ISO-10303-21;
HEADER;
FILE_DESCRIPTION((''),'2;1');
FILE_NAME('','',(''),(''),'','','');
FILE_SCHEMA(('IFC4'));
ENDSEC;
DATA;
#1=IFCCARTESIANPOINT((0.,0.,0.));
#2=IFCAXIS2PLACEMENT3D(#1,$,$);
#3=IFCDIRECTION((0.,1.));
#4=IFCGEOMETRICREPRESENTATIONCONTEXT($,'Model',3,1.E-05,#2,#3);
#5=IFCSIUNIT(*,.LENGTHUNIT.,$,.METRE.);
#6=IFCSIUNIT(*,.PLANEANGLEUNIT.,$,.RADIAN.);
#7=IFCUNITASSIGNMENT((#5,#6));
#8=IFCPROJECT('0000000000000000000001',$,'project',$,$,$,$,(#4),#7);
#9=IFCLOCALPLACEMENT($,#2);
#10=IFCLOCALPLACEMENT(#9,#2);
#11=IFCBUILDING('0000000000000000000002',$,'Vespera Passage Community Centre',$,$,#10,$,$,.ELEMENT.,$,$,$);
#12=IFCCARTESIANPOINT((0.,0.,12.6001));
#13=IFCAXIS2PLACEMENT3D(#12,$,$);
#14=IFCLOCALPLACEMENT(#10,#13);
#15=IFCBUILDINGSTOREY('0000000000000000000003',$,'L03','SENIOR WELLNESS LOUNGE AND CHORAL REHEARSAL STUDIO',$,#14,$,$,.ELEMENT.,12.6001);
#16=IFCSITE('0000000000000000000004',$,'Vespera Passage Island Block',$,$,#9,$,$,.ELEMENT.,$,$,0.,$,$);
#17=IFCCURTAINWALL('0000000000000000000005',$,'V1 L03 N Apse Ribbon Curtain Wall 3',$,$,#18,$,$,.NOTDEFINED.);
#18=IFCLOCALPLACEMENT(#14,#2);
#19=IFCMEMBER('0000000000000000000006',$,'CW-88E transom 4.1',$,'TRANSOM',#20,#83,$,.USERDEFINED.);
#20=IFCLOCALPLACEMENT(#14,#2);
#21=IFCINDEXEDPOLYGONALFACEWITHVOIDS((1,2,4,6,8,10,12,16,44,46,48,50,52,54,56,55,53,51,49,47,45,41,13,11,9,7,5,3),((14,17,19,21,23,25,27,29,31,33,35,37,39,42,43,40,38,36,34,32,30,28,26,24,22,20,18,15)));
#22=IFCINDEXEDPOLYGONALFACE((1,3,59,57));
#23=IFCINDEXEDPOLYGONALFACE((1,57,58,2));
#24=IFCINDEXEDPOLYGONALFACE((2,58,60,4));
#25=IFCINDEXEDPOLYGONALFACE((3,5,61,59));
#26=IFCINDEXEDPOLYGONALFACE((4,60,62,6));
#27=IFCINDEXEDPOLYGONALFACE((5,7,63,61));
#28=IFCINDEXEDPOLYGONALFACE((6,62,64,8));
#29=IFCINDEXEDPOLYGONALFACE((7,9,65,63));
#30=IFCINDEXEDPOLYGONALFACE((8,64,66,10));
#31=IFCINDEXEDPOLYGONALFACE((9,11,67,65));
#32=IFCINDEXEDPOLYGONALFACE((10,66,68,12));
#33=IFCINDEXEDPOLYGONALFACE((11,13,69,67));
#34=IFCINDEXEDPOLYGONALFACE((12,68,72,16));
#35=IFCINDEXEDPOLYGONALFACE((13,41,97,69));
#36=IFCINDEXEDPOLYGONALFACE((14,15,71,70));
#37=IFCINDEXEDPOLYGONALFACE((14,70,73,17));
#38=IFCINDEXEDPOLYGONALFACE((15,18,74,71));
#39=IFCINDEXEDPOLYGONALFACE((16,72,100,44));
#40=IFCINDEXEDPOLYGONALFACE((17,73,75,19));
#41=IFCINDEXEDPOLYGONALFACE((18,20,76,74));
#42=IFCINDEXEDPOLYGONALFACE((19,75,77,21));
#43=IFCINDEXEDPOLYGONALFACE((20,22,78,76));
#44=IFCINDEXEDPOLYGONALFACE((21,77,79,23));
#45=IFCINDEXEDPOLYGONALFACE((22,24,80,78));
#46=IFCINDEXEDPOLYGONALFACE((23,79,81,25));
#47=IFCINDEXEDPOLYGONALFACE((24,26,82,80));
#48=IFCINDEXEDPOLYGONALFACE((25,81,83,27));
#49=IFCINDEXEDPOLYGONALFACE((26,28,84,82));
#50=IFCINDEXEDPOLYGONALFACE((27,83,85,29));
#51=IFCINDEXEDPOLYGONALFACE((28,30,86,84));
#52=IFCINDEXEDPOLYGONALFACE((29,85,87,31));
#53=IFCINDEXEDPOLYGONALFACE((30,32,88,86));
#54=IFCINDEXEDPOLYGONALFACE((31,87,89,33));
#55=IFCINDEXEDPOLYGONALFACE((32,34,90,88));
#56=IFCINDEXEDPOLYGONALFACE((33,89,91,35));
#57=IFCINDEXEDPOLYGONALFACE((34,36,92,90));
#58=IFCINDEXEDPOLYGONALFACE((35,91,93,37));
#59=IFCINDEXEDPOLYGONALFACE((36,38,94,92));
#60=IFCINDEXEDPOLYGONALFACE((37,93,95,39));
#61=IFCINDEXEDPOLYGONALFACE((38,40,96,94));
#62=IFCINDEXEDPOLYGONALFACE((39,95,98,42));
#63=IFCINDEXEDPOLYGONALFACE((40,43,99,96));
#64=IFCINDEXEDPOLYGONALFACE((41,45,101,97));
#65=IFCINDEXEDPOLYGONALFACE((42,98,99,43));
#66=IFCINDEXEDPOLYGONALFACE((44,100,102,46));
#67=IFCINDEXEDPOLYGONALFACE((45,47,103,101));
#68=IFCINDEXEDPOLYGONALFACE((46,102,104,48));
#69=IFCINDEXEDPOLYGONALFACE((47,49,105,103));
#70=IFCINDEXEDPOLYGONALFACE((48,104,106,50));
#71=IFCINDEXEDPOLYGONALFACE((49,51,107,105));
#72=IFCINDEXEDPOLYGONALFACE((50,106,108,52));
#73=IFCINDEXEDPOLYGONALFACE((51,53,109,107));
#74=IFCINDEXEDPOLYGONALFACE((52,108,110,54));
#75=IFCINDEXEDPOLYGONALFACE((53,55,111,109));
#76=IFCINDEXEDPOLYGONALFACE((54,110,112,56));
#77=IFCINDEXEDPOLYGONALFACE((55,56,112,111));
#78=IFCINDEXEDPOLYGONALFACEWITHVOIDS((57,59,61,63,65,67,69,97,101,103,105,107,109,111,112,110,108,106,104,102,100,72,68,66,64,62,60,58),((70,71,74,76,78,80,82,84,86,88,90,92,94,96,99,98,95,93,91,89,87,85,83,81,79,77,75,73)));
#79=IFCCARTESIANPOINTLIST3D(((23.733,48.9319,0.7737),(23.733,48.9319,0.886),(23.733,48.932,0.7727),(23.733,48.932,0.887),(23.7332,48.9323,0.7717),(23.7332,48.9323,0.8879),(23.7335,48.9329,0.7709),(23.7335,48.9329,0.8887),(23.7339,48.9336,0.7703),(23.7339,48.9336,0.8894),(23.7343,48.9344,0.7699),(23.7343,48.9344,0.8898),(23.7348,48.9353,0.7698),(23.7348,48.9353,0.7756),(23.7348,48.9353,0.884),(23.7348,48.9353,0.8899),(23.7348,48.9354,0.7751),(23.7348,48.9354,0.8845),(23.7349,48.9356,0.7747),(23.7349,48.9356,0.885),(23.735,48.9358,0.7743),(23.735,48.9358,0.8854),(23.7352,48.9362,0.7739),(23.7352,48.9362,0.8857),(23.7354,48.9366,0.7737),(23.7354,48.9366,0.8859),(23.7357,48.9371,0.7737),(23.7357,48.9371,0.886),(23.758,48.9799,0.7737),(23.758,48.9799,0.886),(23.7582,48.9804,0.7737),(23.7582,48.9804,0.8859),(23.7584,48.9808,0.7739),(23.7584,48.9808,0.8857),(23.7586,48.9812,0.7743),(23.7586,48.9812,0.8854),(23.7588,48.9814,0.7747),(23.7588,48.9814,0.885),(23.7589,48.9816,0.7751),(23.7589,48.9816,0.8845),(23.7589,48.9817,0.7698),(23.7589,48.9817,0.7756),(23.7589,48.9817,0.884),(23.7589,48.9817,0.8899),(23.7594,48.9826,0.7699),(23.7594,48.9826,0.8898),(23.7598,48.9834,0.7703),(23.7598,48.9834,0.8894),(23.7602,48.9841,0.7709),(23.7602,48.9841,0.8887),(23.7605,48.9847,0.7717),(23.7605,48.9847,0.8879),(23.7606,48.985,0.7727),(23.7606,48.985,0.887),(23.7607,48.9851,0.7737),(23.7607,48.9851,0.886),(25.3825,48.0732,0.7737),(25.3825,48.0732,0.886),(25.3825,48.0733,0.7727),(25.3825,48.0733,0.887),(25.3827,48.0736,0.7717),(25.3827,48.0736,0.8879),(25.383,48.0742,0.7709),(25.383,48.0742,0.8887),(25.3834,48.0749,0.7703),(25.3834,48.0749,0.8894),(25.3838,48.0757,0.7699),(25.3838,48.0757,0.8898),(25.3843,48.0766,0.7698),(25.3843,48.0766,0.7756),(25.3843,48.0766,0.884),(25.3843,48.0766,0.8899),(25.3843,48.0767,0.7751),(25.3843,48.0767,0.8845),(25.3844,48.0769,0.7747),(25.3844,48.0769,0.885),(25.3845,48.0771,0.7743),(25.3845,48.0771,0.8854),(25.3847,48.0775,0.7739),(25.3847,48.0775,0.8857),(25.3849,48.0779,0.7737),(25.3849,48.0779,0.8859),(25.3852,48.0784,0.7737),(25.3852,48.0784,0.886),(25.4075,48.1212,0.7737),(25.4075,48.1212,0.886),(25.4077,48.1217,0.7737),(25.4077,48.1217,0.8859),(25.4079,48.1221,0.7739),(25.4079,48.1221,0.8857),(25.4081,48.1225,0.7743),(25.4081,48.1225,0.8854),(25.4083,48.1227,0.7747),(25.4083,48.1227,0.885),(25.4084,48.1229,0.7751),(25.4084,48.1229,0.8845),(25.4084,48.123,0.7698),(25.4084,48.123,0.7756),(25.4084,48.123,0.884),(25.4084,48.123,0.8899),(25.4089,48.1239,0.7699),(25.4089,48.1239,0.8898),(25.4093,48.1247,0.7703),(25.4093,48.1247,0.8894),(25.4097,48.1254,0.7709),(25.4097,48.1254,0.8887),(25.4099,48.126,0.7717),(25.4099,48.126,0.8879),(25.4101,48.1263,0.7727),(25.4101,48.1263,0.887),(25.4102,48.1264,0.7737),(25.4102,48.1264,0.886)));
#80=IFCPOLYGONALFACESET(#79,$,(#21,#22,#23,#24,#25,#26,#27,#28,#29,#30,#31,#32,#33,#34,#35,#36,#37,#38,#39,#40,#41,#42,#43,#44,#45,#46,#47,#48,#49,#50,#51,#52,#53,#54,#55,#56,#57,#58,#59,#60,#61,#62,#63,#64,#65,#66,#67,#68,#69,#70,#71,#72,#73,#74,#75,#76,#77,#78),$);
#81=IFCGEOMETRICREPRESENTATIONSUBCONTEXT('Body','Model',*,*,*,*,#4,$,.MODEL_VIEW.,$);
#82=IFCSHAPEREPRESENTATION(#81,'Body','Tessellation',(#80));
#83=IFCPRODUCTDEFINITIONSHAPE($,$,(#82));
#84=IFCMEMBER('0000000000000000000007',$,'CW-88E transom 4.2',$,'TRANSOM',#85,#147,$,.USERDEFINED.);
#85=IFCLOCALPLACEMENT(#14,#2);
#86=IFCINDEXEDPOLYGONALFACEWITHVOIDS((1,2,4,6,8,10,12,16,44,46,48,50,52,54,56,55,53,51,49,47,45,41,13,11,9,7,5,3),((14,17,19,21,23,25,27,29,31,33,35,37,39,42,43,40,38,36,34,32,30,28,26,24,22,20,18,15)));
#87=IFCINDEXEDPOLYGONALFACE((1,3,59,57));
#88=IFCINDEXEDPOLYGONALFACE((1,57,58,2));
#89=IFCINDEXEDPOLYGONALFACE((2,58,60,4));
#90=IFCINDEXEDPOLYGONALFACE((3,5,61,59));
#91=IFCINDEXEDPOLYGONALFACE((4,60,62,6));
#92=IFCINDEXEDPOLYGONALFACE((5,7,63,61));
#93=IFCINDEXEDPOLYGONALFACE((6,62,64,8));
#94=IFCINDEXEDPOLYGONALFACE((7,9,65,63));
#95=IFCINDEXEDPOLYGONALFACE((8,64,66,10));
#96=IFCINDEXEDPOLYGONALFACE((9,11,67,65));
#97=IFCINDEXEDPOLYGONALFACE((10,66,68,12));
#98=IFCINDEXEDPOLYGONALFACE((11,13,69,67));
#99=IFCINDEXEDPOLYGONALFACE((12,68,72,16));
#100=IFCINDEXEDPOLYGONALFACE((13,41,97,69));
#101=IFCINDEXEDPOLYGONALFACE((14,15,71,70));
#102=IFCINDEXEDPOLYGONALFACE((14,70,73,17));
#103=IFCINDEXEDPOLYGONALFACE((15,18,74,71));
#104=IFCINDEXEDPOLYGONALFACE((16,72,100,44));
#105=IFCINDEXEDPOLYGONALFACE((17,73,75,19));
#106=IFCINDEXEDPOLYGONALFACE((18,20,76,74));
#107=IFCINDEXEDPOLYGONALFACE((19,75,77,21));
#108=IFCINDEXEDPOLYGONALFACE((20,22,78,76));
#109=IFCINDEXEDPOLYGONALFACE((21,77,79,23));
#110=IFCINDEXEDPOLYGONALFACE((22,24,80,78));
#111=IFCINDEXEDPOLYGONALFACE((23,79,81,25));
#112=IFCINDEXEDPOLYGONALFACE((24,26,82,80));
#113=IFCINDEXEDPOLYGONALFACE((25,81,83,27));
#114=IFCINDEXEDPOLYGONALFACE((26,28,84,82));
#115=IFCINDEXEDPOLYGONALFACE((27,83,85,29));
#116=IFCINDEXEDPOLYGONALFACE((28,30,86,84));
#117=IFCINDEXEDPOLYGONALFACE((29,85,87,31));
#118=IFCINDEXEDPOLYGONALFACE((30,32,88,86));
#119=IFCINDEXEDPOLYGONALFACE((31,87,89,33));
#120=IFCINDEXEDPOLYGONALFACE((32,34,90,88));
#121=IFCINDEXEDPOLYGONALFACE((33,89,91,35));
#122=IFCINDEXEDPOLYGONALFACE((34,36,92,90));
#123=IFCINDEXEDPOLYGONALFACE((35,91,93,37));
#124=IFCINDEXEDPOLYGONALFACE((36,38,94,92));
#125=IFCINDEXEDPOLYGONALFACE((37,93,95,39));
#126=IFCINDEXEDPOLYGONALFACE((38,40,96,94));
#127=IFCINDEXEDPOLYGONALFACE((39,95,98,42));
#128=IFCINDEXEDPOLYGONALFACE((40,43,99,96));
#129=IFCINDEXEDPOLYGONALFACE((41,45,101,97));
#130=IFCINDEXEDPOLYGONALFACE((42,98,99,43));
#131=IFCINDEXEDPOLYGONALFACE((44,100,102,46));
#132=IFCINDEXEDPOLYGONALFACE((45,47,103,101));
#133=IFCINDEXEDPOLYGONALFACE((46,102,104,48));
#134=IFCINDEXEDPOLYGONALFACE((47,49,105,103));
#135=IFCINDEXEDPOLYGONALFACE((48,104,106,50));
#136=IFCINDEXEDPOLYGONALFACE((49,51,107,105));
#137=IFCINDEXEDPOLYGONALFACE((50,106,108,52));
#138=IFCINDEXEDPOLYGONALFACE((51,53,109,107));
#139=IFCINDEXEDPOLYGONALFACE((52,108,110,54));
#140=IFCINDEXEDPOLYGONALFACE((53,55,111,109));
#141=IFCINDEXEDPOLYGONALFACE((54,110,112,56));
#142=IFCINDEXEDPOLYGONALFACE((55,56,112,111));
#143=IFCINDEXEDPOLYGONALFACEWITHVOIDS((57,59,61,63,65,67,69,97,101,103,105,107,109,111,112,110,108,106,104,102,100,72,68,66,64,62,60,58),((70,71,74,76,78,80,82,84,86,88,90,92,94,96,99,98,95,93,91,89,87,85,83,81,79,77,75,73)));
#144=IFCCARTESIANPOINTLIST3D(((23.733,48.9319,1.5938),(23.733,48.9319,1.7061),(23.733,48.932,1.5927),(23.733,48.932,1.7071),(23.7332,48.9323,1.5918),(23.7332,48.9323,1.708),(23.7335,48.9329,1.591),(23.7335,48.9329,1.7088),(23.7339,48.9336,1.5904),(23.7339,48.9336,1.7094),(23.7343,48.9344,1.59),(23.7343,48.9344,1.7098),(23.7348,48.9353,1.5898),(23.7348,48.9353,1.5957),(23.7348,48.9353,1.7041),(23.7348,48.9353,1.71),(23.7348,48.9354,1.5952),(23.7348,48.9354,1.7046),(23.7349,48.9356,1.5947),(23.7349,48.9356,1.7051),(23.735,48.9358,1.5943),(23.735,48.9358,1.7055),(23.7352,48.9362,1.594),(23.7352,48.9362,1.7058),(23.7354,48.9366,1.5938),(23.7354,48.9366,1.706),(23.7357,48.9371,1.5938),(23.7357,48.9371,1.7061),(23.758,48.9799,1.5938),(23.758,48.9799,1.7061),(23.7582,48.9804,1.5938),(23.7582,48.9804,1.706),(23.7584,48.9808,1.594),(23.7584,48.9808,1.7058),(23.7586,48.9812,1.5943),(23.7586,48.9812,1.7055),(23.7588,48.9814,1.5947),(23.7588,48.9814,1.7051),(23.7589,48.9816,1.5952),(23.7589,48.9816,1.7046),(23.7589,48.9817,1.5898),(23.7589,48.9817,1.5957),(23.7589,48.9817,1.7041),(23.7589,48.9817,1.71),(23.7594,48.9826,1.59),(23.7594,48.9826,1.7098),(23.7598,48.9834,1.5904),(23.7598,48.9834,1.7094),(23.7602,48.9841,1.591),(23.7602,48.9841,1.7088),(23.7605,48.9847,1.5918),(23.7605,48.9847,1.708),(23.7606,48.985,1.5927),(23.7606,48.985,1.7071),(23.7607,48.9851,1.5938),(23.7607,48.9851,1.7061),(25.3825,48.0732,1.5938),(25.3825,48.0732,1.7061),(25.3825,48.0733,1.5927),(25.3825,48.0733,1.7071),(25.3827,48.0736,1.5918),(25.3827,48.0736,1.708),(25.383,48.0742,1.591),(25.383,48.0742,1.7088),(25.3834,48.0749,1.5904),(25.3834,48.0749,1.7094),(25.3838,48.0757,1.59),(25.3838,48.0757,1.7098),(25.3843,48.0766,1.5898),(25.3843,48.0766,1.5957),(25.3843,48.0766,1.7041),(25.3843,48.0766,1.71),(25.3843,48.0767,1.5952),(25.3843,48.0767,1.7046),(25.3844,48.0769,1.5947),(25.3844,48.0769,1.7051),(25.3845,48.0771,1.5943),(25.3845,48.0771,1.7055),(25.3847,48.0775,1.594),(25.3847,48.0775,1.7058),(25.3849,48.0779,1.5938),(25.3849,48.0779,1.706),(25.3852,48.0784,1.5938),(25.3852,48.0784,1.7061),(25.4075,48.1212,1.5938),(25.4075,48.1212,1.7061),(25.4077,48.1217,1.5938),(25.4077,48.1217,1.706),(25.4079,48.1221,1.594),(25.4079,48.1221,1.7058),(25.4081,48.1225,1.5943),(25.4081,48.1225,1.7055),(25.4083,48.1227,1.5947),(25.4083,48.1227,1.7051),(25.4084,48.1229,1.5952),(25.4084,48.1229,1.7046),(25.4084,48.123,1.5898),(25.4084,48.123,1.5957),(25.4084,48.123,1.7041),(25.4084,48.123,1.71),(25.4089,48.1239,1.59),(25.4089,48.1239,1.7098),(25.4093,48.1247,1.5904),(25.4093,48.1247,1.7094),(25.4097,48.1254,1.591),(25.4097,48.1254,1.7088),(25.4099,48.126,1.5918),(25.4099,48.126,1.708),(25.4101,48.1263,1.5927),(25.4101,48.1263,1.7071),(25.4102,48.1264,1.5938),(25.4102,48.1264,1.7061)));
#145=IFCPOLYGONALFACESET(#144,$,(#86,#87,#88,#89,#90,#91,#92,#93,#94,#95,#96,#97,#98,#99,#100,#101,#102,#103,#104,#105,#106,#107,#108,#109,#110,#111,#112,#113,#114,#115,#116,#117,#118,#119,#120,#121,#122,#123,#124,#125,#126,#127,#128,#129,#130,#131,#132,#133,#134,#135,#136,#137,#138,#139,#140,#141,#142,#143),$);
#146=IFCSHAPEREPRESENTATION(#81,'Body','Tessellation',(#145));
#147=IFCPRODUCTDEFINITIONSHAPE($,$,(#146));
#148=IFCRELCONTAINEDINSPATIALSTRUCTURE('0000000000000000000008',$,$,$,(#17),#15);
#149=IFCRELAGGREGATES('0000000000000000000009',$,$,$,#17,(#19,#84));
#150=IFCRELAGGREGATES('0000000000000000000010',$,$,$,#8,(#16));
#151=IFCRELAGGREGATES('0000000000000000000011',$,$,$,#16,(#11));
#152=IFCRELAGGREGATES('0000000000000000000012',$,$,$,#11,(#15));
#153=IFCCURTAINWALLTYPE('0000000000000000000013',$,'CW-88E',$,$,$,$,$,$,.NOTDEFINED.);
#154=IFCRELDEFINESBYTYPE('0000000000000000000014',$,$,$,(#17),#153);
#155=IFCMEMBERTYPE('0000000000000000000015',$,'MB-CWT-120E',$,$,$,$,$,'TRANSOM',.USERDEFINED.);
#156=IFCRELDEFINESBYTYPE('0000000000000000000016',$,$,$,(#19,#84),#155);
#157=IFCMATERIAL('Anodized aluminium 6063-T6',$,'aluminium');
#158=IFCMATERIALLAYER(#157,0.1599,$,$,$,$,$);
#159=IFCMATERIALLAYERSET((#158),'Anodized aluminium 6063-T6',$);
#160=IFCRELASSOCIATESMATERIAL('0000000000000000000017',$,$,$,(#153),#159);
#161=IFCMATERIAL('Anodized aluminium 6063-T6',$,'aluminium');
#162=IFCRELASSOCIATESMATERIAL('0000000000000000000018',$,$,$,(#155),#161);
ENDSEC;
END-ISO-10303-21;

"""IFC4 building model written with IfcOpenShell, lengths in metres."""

from ifc_helpers import new_model, si_unit, direction, frame, origin, origin_2d, place, context, subcontext, project, spatial, hollow_rectangle, extrude, material, layer, layer_set, material_profile, profile_set, type_object, element, aggregate, save


model = new_model("IFC4")

# Units and contexts
model_context = context("Model", 3, precision=1e-05, world=origin(), true_north=direction((0.0, 1.0)))
body_context = subcontext(model_context, "Body", "Model", "MODEL_VIEW")
ifc_project = project(units=[si_unit("LENGTHUNIT", "METRE"), si_unit("PLANEANGLEUNIT", "RADIAN")], contexts=[model_context])

# Site, building, storey
site_placement = place(None, origin())
site = spatial("IfcSite", under=ifc_project, at=site_placement, Name="Vespera Passage Island Block", CompositionType="ELEMENT", RefElevation=0.0)
building_placement = place(site_placement, origin())
building = spatial("IfcBuilding", under=site, at=building_placement, Name="Vespera Passage Community Centre", CompositionType="ELEMENT")
storey_placement = place(building_placement, frame((0.0, 0.0, 12.6001)))
storey = spatial("IfcBuildingStorey", under=building, at=storey_placement, Name="L03", Description="SENIOR WELLNESS LOUNGE AND CHORAL REHEARSAL STUDIO", CompositionType="ELEMENT", Elevation=12.6001)

# Curtain wall, members
ifc_material_1 = material(Name="Anodized aluminium 6063-T6", Category="aluminium")
ifc_layer_1 = layer(ifc_material_1, 0.1599)
ifc_layer_set_1 = layer_set([ifc_layer_1], Name="Anodized aluminium 6063-T6")
curtain_wall_type = type_object("IfcCurtainWallType", Name="CW-88E", PredefinedType="NOTDEFINED", material=ifc_layer_set_1)
curtain_wall_placement = place(storey_placement, origin())
curtain_wall = element("IfcCurtainWall", 1, at=curtain_wall_placement, inside=storey, type_object=curtain_wall_type, Name="V1 L03 N Apse Ribbon Curtain Wall 3", PredefinedType="NOTDEFINED")
ifc_material_2 = material(Name="Anodized aluminium 6063-T6", Category="aluminium")
ifc_material_profile_1 = material_profile(ifc_material_2, hollow_rectangle(XDim=0.0601, YDim=0.1201, WallThickness=0.0039, InnerFilletRadius=0.002, OuterFilletRadius=0.0039, at=origin_2d()), Name="ALU120X60X4")
ifc_profile_set_1 = profile_set([ifc_material_profile_1], Name="Anodized aluminium 6063-T6")
member_type_1 = type_object("IfcMemberType", Name="MB-CWT-120E", ElementType="TRANSOM", PredefinedType="USERDEFINED", material=ifc_profile_set_1)
member_1_placement = place(storey_placement, frame((23.7468, 48.9585, 0.8298), z_axis=(0.887008, -0.461754, 0.0), x_axis=(0.461754, 0.887008, 0.0)))
member_1 = element("IfcMember", 2, at=member_1_placement, type_object=member_type_1, Name="CW-88E transom 4.1", ObjectType="TRANSOM", PredefinedType="USERDEFINED", context=body_context, shape_type="SweptSolid", body=[
    extrude(hollow_rectangle(XDim=0.0601, YDim=0.1201, WallThickness=0.0039, InnerFilletRadius=0.002, OuterFilletRadius=0.0039, at=origin_2d()), origin(), (0.0, 0.0, 1.0), 1.8596),
])
member_2_placement = place(storey_placement, frame((23.7468, 48.9585, 1.6499), z_axis=(0.887008, -0.461754, 0.0), x_axis=(0.461754, 0.887008, 0.0)))
member_2 = element("IfcMember", 3, at=member_2_placement, type_object=member_type_1, Name="CW-88E transom 4.2", ObjectType="TRANSOM", PredefinedType="USERDEFINED", context=body_context, shape_type="SweptSolid", body=[
    extrude(hollow_rectangle(XDim=0.0601, YDim=0.1201, WallThickness=0.0039, InnerFilletRadius=0.002, OuterFilletRadius=0.0039, at=origin_2d()), origin(), (0.0, 0.0, 1.0), 1.8596),
])
aggregate(curtain_wall, [member_1, member_2])

save(model, "model.ifc")
